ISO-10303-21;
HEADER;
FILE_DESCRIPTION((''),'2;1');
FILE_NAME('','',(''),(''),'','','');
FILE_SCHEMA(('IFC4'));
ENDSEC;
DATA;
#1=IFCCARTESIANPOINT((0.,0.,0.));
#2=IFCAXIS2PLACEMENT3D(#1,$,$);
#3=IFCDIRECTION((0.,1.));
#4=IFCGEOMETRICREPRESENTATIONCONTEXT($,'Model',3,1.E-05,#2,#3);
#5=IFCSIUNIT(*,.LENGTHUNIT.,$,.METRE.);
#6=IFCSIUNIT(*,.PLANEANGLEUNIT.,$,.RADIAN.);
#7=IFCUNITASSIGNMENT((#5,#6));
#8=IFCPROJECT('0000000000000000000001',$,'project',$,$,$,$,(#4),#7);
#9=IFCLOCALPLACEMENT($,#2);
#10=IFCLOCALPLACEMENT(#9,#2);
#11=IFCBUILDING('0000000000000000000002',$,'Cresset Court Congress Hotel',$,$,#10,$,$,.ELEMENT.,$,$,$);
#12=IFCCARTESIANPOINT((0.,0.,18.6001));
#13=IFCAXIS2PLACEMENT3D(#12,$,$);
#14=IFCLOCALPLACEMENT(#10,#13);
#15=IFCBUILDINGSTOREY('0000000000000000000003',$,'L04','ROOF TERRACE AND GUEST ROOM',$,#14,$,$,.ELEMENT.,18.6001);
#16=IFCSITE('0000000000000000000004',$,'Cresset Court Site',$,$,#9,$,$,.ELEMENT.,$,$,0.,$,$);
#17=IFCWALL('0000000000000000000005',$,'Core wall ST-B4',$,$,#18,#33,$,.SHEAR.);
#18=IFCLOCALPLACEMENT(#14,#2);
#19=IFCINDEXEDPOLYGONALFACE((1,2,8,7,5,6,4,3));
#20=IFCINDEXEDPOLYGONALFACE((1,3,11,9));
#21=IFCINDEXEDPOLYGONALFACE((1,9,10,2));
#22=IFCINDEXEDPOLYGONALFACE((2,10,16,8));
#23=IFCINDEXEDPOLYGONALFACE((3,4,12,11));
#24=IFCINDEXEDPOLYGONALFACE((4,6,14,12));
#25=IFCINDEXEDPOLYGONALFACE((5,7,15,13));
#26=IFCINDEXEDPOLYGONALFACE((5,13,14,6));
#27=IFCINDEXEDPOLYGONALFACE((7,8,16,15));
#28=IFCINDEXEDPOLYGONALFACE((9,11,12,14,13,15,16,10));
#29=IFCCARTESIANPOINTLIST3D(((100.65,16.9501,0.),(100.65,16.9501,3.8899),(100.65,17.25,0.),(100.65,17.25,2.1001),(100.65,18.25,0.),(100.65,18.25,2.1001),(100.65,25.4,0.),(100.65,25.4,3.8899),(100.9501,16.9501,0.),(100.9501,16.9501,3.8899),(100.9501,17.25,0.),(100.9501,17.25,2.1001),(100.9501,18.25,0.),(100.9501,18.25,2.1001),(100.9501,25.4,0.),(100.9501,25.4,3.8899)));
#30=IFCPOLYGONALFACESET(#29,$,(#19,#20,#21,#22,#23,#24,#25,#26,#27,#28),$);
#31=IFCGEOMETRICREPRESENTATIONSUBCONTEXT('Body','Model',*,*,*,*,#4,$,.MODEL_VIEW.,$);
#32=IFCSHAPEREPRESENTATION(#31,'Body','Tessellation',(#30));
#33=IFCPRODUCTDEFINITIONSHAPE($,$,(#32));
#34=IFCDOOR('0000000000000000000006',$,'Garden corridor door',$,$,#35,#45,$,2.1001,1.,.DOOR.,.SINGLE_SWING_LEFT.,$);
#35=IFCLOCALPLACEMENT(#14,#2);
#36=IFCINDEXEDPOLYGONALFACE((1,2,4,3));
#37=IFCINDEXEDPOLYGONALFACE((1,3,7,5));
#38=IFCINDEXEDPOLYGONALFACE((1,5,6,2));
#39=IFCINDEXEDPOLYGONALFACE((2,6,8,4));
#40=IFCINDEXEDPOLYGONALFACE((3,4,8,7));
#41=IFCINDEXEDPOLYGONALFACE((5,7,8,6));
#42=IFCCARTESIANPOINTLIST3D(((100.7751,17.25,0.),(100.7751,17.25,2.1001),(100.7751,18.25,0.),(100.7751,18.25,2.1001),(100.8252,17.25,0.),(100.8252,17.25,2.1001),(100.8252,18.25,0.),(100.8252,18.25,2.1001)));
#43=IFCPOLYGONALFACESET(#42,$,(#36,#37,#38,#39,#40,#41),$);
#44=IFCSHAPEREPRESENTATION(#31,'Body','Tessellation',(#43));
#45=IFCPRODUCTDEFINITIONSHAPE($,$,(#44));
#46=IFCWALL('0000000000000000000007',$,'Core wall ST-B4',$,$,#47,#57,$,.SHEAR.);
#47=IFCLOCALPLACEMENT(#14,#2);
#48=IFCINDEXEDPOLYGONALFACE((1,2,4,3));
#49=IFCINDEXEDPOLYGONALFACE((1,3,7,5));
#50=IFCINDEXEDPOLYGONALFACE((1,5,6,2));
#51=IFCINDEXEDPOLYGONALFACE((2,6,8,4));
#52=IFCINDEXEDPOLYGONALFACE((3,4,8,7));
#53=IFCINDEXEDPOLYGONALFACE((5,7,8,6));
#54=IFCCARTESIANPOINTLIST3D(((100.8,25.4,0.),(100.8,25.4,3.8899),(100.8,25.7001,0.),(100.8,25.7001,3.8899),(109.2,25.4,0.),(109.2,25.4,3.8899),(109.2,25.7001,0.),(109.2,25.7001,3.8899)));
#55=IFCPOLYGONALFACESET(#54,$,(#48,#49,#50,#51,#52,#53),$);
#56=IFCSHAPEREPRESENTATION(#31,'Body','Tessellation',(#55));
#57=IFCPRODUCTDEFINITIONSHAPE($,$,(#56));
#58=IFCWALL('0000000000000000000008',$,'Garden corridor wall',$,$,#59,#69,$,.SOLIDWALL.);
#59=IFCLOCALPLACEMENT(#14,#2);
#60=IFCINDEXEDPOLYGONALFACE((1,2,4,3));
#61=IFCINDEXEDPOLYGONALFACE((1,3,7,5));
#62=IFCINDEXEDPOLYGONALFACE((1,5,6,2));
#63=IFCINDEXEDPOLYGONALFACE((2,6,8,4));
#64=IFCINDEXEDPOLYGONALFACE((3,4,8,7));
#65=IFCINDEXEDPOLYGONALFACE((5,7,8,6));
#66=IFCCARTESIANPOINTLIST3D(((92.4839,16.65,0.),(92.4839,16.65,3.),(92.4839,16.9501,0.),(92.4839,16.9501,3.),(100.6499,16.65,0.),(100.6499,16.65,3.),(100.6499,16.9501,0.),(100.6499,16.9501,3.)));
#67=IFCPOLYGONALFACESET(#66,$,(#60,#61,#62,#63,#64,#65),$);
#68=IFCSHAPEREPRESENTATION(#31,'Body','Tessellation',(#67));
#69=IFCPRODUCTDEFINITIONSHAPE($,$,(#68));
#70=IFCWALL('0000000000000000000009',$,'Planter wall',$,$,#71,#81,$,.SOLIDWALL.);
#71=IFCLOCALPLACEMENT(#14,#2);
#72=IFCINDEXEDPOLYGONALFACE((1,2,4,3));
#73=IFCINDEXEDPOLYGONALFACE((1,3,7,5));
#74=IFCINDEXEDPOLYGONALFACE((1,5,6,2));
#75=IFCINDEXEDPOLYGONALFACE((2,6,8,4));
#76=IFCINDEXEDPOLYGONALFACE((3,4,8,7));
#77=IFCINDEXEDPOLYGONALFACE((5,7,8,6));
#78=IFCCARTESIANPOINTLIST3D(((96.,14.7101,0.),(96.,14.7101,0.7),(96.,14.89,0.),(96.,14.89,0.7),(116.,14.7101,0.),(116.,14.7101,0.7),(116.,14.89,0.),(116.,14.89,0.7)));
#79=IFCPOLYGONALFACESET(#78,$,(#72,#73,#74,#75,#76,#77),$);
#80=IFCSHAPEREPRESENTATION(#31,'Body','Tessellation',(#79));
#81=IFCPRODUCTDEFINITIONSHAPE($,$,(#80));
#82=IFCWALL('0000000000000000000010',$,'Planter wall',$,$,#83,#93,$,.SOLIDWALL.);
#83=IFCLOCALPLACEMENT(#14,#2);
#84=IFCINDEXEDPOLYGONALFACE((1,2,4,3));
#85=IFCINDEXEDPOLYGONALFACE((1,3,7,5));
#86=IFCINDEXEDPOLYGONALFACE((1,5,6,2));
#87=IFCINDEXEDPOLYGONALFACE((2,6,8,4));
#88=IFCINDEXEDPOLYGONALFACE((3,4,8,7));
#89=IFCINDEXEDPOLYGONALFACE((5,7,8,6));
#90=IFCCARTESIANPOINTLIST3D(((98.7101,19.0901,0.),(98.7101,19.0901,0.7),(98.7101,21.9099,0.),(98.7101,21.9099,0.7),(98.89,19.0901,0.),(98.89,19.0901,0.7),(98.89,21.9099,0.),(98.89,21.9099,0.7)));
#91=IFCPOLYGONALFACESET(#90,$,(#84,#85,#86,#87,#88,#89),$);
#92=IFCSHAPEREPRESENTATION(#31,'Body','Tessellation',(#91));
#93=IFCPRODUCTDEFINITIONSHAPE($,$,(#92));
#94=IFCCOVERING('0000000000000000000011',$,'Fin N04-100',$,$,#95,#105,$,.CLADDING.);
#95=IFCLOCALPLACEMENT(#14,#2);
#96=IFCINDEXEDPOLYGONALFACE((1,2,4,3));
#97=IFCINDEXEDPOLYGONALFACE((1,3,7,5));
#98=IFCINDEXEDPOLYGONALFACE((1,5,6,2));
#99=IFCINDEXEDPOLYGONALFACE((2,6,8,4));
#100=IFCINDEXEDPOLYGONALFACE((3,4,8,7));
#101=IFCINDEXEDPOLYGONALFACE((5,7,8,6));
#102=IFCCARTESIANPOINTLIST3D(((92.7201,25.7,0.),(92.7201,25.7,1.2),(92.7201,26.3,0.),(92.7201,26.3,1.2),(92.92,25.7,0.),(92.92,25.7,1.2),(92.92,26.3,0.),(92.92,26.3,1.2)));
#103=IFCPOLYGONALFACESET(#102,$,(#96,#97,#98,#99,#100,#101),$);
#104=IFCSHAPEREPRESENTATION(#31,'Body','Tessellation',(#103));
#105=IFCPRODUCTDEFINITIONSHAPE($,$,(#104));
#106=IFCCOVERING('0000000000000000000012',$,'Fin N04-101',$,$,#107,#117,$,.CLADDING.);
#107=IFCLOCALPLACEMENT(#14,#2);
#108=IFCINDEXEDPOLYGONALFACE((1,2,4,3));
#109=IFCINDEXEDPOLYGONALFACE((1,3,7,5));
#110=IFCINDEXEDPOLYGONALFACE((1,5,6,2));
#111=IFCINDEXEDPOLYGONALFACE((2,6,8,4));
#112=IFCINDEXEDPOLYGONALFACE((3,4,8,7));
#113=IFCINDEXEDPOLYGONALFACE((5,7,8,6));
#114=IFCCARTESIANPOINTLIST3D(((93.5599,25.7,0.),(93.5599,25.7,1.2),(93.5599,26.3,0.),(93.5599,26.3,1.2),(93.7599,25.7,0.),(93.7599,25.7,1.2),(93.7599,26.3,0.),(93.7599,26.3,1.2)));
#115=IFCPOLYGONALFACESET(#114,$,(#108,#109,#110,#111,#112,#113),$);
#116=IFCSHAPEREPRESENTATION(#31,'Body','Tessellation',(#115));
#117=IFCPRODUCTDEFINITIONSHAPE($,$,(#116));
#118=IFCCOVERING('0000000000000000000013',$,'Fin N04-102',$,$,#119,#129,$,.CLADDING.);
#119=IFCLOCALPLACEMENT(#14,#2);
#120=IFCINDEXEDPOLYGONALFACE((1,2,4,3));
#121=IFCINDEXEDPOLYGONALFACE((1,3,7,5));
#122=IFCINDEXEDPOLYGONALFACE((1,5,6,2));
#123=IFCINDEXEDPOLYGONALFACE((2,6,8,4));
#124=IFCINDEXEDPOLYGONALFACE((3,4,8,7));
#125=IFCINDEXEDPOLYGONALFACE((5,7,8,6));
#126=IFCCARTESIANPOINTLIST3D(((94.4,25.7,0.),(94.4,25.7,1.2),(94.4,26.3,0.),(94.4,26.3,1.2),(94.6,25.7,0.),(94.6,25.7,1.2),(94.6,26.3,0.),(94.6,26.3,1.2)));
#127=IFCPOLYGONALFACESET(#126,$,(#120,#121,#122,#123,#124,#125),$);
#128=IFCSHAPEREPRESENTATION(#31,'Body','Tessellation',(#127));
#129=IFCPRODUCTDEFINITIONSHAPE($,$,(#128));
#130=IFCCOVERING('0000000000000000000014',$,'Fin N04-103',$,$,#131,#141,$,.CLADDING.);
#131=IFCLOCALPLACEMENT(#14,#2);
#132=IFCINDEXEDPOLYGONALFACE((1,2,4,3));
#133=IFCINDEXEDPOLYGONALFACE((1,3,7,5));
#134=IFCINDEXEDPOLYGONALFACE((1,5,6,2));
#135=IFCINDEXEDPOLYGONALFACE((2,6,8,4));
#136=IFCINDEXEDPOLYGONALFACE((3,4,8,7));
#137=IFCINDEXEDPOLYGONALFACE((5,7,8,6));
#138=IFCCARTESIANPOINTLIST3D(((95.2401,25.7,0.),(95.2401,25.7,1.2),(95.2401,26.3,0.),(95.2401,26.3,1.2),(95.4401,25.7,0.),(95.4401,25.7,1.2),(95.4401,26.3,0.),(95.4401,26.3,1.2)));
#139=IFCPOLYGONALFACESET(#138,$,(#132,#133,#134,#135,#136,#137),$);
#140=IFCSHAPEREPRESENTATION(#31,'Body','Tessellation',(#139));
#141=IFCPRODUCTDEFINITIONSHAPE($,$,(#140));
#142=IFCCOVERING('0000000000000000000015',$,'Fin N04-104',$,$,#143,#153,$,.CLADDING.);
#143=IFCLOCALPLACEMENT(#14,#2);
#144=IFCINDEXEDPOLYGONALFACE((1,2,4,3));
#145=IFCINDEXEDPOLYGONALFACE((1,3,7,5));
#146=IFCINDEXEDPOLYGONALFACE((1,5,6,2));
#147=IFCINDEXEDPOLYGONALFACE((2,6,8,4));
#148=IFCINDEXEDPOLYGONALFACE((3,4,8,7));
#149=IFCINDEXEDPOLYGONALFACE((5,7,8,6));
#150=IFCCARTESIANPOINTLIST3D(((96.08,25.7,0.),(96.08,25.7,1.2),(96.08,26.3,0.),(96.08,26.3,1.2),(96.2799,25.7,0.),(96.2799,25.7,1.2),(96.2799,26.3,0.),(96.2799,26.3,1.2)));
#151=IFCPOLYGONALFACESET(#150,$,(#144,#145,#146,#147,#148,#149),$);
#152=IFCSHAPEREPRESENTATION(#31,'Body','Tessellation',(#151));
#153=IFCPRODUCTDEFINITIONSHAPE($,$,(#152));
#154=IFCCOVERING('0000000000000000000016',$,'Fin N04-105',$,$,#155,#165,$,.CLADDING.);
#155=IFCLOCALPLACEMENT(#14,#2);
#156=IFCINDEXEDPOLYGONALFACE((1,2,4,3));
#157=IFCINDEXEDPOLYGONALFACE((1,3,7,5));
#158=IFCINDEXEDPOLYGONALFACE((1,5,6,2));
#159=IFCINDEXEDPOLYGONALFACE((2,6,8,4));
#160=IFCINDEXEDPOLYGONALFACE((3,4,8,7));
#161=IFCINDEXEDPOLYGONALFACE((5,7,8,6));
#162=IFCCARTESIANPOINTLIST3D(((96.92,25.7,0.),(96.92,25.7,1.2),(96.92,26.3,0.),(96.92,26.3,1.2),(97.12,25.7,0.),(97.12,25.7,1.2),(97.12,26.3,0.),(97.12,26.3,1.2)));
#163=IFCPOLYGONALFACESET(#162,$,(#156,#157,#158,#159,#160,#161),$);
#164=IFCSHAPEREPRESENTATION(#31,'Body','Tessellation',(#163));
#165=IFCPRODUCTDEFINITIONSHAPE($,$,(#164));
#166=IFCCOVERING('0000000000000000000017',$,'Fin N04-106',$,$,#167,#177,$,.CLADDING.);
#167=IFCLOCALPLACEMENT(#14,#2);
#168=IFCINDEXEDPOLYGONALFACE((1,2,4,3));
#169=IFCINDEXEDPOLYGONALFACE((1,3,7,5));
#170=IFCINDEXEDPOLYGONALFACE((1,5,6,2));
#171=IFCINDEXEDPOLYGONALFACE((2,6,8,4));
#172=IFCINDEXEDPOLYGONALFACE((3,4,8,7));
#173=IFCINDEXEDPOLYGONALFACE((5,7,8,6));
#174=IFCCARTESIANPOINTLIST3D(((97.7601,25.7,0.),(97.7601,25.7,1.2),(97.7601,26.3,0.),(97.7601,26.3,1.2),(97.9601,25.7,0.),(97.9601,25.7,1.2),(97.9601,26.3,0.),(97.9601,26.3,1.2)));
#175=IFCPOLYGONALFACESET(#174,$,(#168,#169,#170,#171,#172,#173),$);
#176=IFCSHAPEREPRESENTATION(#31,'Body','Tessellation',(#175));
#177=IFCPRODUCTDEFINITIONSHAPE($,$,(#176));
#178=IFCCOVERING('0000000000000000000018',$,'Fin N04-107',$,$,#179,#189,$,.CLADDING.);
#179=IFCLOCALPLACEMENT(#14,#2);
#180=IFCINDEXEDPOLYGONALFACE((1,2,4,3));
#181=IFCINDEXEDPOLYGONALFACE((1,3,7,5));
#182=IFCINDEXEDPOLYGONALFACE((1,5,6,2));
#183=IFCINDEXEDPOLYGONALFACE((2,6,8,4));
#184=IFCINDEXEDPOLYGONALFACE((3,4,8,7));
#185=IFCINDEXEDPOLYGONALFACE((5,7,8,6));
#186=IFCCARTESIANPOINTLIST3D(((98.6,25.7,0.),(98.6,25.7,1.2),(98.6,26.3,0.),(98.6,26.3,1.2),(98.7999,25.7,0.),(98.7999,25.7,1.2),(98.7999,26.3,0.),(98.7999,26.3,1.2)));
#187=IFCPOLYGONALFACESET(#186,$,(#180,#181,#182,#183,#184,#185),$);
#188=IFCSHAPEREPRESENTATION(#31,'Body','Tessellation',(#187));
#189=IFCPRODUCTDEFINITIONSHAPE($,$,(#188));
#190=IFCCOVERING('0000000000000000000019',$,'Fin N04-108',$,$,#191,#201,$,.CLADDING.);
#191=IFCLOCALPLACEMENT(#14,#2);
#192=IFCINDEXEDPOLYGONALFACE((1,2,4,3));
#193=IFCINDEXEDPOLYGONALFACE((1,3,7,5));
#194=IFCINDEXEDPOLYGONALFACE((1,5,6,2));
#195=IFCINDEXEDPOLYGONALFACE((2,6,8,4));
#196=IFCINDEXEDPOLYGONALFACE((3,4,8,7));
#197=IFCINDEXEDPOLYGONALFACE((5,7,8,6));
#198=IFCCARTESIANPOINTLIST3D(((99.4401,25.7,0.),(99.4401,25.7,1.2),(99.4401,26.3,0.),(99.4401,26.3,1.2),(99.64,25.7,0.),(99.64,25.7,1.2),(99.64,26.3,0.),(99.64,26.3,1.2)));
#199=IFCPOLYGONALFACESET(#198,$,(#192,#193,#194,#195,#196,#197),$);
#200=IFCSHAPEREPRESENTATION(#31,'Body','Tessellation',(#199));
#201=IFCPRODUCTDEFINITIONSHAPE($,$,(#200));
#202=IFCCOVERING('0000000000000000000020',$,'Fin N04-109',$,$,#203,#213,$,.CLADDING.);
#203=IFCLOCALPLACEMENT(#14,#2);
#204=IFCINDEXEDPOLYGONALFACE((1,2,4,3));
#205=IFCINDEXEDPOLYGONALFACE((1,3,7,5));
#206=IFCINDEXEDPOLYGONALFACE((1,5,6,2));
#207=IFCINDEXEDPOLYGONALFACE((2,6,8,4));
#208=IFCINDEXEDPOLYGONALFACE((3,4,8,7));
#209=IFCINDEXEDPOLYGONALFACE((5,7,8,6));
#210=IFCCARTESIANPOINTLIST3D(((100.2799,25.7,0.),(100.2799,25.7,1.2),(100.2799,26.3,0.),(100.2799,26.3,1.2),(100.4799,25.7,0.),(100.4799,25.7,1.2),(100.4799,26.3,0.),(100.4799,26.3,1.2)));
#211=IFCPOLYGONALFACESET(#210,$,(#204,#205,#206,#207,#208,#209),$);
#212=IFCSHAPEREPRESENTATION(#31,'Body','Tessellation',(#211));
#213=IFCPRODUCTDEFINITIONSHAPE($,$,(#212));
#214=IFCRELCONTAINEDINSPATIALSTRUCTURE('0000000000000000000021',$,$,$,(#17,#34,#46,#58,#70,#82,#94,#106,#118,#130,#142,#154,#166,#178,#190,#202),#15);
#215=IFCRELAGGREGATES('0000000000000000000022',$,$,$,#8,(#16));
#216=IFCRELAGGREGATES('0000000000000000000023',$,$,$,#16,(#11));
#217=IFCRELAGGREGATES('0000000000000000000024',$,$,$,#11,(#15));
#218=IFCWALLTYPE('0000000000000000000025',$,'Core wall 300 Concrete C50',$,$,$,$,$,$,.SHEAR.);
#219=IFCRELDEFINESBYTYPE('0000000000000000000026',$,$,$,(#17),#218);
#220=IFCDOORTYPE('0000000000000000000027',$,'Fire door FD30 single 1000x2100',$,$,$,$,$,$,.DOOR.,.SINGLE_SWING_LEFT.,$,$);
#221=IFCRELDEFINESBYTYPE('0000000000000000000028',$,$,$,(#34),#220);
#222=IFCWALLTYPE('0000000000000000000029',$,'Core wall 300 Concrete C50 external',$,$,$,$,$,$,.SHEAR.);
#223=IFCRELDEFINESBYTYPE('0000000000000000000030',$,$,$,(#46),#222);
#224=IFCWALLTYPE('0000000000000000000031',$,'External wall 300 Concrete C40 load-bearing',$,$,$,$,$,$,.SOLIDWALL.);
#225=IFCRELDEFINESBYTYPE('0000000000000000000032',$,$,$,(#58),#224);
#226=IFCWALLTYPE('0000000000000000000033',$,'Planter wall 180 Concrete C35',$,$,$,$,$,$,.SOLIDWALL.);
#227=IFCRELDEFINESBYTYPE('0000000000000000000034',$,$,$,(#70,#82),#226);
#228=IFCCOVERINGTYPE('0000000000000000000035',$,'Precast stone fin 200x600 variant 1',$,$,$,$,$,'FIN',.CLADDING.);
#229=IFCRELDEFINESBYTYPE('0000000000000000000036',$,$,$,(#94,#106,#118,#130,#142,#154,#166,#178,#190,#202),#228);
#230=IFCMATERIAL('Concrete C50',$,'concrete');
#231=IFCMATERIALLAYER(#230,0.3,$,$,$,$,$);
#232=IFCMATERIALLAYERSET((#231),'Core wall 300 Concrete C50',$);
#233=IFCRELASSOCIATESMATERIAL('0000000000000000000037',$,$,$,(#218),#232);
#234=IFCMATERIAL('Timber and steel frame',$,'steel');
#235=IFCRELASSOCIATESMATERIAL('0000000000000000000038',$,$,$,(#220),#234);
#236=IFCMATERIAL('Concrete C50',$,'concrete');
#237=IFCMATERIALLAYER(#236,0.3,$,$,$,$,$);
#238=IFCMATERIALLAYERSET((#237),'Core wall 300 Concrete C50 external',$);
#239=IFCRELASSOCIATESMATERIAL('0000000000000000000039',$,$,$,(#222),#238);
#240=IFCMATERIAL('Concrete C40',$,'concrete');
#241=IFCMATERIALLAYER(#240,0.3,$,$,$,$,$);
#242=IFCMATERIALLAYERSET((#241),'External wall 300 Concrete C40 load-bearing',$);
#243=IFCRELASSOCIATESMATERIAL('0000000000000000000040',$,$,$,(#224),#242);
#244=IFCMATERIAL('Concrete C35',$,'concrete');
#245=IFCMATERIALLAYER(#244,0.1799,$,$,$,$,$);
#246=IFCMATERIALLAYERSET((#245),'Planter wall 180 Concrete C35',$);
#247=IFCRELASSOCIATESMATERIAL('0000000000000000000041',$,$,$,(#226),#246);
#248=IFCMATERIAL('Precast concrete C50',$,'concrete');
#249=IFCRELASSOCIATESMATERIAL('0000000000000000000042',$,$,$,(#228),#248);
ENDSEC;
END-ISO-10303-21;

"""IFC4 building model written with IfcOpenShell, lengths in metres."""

from ifc_helpers import new_model, si_unit, direction, frame, frame_2d, origin, origin_2d, place, context, subcontext, project, spatial, rectangle, extrude, material, layer, layer_set, type_object, element, fill, save


model = new_model("IFC4")

# Units and contexts
model_context = context("Model", 3, precision=1e-05, world=origin(), true_north=direction((0.0, 1.0)))
body_context = subcontext(model_context, "Body", "Model", "MODEL_VIEW")
ifc_project = project(units=[si_unit("LENGTHUNIT", "METRE"), si_unit("PLANEANGLEUNIT", "RADIAN")], contexts=[model_context])

# Site, building, storey
site_placement = place(None, origin())
site = spatial("IfcSite", under=ifc_project, at=site_placement, Name="Cresset Court Site", CompositionType="ELEMENT", RefElevation=0.0)
building_placement = place(site_placement, origin())
building = spatial("IfcBuilding", under=site, at=building_placement, Name="Cresset Court Congress Hotel", CompositionType="ELEMENT")
storey_placement = place(building_placement, frame((0.0, 0.0, 18.6001)))
storey = spatial("IfcBuildingStorey", under=building, at=storey_placement, Name="L04", Description="ROOF TERRACE AND GUEST ROOM", CompositionType="ELEMENT", Elevation=18.6001)

# Wall, opening, door
ifc_material_1 = material(Name="Concrete C50", Category="concrete")
ifc_layer_1 = layer(ifc_material_1, 0.3)
ifc_layer_set_1 = layer_set([ifc_layer_1], Name="Core wall 300 Concrete C50")
wall_type_1 = type_object("IfcWallType", Name="Core wall 300 Concrete C50", PredefinedType="SHEAR", material=ifc_layer_set_1)
wall_1_placement = place(storey_placement, frame((100.8, 16.95, 0.0), z_axis=(0.0, 0.0, 1.0), x_axis=(0.0, 1.0, 0.0)))
wall_1 = element("IfcWall", 1, at=wall_1_placement, inside=storey, type_object=wall_type_1, Name="Core wall ST-B4", PredefinedType="SHEAR", context=body_context, shape_type="SweptSolid", body=[
    extrude(rectangle(XDim=8.45, YDim=0.3, at=frame_2d((4.2251, 0.0))), origin(), (0.0, 0.0, 1.0), 3.8899),
])
opening_1_placement = place(wall_1_placement, frame((0.3, 0.0, 0.0)))
opening_1 = element("IfcOpeningElement", 2, at=opening_1_placement, cuts=wall_1, PredefinedType="OPENING", context=body_context, shape_type="SweptSolid", body=[
    extrude(rectangle(XDim=1.0, YDim=2.1001, at=frame_2d((0.5, 1.05))), frame((0.0, 0.1599, 0.0), z_axis=(0.0, -1.0, 0.0), x_axis=(1.0, 0.0, 0.0)), (0.0, 0.0, 1.0), 0.3201),
])
ifc_material_2 = material(Name="Timber and steel frame", Category="steel")
door_type_1 = type_object("IfcDoorType", Name="Fire door FD30 single 1000x2100", OperationType="SINGLE_SWING_LEFT", PredefinedType="DOOR", material=ifc_material_2)
door_1_placement = place(opening_1_placement, origin())
door_1 = element("IfcDoor", 3, at=door_1_placement, inside=storey, type_object=door_type_1, Name="Garden corridor door", OperationType="SINGLE_SWING_LEFT", OverallHeight=2.1001, OverallWidth=1.0, PredefinedType="DOOR", context=body_context, shape_type="SweptSolid", body=[
    extrude(rectangle(XDim=1.0, YDim=2.1001, at=frame_2d((0.5, 1.05))), frame((0.0, 0.0249, 0.0), z_axis=(0.0, -1.0, 0.0), x_axis=(1.0, 0.0, 0.0)), (0.0, 0.0, 1.0), 0.05),
])
fill(opening_1, door_1)

# Walls
ifc_material_3 = material(Name="Concrete C50", Category="concrete")
ifc_layer_2 = layer(ifc_material_3, 0.3)
ifc_layer_set_2 = layer_set([ifc_layer_2], Name="Core wall 300 Concrete C50 external")
wall_type_2 = type_object("IfcWallType", Name="Core wall 300 Concrete C50 external", PredefinedType="SHEAR", material=ifc_layer_set_2)
wall_2_placement = place(storey_placement, frame((100.8, 25.55, 0.0), z_axis=(0.0, 0.0, 1.0), x_axis=(1.0, 0.0, 0.0)))
element("IfcWall", 4, at=wall_2_placement, inside=storey, type_object=wall_type_2, Name="Core wall ST-B4", PredefinedType="SHEAR", context=body_context, shape_type="SweptSolid", body=[
    extrude(rectangle(XDim=8.3999, YDim=0.3, at=frame_2d((4.2, 0.0))), origin(), (0.0, 0.0, 1.0), 3.8899),
])
ifc_material_4 = material(Name="Concrete C40", Category="concrete")
ifc_layer_3 = layer(ifc_material_4, 0.3)
ifc_layer_set_3 = layer_set([ifc_layer_3], Name="External wall 300 Concrete C40 load-bearing")
wall_type_3 = type_object("IfcWallType", Name="External wall 300 Concrete C40 load-bearing", PredefinedType="SOLIDWALL", material=ifc_layer_set_3)
wall_3_placement = place(storey_placement, frame((92.4839, 16.8, 0.0), z_axis=(0.0, 0.0, 1.0), x_axis=(1.0, 0.0, 0.0)))
element("IfcWall", 5, at=wall_3_placement, inside=storey, type_object=wall_type_3, Name="Garden corridor wall", PredefinedType="SOLIDWALL", context=body_context, shape_type="SweptSolid", body=[
    extrude(rectangle(XDim=8.166, YDim=0.3, at=frame_2d((4.083, 0.0))), origin(), (0.0, 0.0, 1.0), 3.0),
])
ifc_material_5 = material(Name="Concrete C35", Category="concrete")
ifc_layer_4 = layer(ifc_material_5, 0.1799)
ifc_layer_set_4 = layer_set([ifc_layer_4], Name="Planter wall 180 Concrete C35")
wall_type_4 = type_object("IfcWallType", Name="Planter wall 180 Concrete C35", PredefinedType="SOLIDWALL", material=ifc_layer_set_4)
wall_4_placement = place(storey_placement, frame((96.0, 14.8, 0.0), z_axis=(0.0, 0.0, 1.0), x_axis=(1.0, 0.0, 0.0)))
element("IfcWall", 6, at=wall_4_placement, inside=storey, type_object=wall_type_4, Name="Planter wall", PredefinedType="SOLIDWALL", context=body_context, shape_type="SweptSolid", body=[
    extrude(rectangle(XDim=20.0, YDim=0.1799, at=frame_2d((10.0, 0.0))), origin(), (0.0, 0.0, 1.0), 0.7),
])
wall_5_placement = place(storey_placement, frame((98.8, 19.0901, 0.0), z_axis=(0.0, 0.0, 1.0), x_axis=(0.0, 1.0, 0.0)))
element("IfcWall", 7, at=wall_5_placement, inside=storey, type_object=wall_type_4, Name="Planter wall", PredefinedType="SOLIDWALL", context=body_context, shape_type="SweptSolid", body=[
    extrude(rectangle(XDim=2.8198, YDim=0.1799, at=frame_2d((1.4099, 0.0))), origin(), (0.0, 0.0, 1.0), 0.7),
])

# Coverings
ifc_material_6 = material(Name="Precast concrete C50", Category="concrete")
covering_type = type_object("IfcCoveringType", Name="Precast stone fin 200x600 variant 1", ElementType="FIN", PredefinedType="CLADDING", material=ifc_material_6)
for number, where, z_axis, x_axis, name in (
    (8, (92.8201, 26.0, 0.0), (0.0, 0.0, 1.0), (1.0, 0.0, 0.0), "Fin N04-100"),
    (9, (93.6599, 26.0, 0.0), (0.0, 0.0, 1.0), (1.0, 0.0, 0.0), "Fin N04-101"),
    (10, (94.5, 26.0, 0.0), (0.0, 0.0, 1.0), (1.0, 0.0, 0.0), "Fin N04-102"),
    (11, (95.3401, 26.0, 0.0), (0.0, 0.0, 1.0), (1.0, 0.0, 0.0), "Fin N04-103"),
    (12, (96.1799, 26.0, 0.0), (0.0, 0.0, 1.0), (1.0, 0.0, 0.0), "Fin N04-104"),
    (13, (97.02, 26.0, 0.0), (0.0, 0.0, 1.0), (1.0, 0.0, 0.0), "Fin N04-105"),
    (14, (97.8601, 26.0, 0.0), (0.0, 0.0, 1.0), (1.0, 0.0, 0.0), "Fin N04-106"),
    (15, (98.7, 26.0, 0.0), (0.0, 0.0, 1.0), (1.0, 0.0, 0.0), "Fin N04-107"),
    (16, (99.54, 26.0, 0.0), (0.0, 0.0, 1.0), (1.0, 0.0, 0.0), "Fin N04-108"),
    (17, (100.3799, 26.0, 0.0), (0.0, 0.0, 1.0), (1.0, 0.0, 0.0), "Fin N04-109"),
):
    element("IfcCovering", number, at=place(storey_placement, frame(where, z_axis=z_axis, x_axis=x_axis)), inside=storey, type_object=covering_type, Name=name, PredefinedType="CLADDING", context=body_context, shape_type="SweptSolid", body=[
        extrude(rectangle(XDim=0.2, YDim=0.6001, at=origin_2d()), origin(), (0.0, 0.0, 1.0), 1.2),
    ])

save(model, "model.ifc")
